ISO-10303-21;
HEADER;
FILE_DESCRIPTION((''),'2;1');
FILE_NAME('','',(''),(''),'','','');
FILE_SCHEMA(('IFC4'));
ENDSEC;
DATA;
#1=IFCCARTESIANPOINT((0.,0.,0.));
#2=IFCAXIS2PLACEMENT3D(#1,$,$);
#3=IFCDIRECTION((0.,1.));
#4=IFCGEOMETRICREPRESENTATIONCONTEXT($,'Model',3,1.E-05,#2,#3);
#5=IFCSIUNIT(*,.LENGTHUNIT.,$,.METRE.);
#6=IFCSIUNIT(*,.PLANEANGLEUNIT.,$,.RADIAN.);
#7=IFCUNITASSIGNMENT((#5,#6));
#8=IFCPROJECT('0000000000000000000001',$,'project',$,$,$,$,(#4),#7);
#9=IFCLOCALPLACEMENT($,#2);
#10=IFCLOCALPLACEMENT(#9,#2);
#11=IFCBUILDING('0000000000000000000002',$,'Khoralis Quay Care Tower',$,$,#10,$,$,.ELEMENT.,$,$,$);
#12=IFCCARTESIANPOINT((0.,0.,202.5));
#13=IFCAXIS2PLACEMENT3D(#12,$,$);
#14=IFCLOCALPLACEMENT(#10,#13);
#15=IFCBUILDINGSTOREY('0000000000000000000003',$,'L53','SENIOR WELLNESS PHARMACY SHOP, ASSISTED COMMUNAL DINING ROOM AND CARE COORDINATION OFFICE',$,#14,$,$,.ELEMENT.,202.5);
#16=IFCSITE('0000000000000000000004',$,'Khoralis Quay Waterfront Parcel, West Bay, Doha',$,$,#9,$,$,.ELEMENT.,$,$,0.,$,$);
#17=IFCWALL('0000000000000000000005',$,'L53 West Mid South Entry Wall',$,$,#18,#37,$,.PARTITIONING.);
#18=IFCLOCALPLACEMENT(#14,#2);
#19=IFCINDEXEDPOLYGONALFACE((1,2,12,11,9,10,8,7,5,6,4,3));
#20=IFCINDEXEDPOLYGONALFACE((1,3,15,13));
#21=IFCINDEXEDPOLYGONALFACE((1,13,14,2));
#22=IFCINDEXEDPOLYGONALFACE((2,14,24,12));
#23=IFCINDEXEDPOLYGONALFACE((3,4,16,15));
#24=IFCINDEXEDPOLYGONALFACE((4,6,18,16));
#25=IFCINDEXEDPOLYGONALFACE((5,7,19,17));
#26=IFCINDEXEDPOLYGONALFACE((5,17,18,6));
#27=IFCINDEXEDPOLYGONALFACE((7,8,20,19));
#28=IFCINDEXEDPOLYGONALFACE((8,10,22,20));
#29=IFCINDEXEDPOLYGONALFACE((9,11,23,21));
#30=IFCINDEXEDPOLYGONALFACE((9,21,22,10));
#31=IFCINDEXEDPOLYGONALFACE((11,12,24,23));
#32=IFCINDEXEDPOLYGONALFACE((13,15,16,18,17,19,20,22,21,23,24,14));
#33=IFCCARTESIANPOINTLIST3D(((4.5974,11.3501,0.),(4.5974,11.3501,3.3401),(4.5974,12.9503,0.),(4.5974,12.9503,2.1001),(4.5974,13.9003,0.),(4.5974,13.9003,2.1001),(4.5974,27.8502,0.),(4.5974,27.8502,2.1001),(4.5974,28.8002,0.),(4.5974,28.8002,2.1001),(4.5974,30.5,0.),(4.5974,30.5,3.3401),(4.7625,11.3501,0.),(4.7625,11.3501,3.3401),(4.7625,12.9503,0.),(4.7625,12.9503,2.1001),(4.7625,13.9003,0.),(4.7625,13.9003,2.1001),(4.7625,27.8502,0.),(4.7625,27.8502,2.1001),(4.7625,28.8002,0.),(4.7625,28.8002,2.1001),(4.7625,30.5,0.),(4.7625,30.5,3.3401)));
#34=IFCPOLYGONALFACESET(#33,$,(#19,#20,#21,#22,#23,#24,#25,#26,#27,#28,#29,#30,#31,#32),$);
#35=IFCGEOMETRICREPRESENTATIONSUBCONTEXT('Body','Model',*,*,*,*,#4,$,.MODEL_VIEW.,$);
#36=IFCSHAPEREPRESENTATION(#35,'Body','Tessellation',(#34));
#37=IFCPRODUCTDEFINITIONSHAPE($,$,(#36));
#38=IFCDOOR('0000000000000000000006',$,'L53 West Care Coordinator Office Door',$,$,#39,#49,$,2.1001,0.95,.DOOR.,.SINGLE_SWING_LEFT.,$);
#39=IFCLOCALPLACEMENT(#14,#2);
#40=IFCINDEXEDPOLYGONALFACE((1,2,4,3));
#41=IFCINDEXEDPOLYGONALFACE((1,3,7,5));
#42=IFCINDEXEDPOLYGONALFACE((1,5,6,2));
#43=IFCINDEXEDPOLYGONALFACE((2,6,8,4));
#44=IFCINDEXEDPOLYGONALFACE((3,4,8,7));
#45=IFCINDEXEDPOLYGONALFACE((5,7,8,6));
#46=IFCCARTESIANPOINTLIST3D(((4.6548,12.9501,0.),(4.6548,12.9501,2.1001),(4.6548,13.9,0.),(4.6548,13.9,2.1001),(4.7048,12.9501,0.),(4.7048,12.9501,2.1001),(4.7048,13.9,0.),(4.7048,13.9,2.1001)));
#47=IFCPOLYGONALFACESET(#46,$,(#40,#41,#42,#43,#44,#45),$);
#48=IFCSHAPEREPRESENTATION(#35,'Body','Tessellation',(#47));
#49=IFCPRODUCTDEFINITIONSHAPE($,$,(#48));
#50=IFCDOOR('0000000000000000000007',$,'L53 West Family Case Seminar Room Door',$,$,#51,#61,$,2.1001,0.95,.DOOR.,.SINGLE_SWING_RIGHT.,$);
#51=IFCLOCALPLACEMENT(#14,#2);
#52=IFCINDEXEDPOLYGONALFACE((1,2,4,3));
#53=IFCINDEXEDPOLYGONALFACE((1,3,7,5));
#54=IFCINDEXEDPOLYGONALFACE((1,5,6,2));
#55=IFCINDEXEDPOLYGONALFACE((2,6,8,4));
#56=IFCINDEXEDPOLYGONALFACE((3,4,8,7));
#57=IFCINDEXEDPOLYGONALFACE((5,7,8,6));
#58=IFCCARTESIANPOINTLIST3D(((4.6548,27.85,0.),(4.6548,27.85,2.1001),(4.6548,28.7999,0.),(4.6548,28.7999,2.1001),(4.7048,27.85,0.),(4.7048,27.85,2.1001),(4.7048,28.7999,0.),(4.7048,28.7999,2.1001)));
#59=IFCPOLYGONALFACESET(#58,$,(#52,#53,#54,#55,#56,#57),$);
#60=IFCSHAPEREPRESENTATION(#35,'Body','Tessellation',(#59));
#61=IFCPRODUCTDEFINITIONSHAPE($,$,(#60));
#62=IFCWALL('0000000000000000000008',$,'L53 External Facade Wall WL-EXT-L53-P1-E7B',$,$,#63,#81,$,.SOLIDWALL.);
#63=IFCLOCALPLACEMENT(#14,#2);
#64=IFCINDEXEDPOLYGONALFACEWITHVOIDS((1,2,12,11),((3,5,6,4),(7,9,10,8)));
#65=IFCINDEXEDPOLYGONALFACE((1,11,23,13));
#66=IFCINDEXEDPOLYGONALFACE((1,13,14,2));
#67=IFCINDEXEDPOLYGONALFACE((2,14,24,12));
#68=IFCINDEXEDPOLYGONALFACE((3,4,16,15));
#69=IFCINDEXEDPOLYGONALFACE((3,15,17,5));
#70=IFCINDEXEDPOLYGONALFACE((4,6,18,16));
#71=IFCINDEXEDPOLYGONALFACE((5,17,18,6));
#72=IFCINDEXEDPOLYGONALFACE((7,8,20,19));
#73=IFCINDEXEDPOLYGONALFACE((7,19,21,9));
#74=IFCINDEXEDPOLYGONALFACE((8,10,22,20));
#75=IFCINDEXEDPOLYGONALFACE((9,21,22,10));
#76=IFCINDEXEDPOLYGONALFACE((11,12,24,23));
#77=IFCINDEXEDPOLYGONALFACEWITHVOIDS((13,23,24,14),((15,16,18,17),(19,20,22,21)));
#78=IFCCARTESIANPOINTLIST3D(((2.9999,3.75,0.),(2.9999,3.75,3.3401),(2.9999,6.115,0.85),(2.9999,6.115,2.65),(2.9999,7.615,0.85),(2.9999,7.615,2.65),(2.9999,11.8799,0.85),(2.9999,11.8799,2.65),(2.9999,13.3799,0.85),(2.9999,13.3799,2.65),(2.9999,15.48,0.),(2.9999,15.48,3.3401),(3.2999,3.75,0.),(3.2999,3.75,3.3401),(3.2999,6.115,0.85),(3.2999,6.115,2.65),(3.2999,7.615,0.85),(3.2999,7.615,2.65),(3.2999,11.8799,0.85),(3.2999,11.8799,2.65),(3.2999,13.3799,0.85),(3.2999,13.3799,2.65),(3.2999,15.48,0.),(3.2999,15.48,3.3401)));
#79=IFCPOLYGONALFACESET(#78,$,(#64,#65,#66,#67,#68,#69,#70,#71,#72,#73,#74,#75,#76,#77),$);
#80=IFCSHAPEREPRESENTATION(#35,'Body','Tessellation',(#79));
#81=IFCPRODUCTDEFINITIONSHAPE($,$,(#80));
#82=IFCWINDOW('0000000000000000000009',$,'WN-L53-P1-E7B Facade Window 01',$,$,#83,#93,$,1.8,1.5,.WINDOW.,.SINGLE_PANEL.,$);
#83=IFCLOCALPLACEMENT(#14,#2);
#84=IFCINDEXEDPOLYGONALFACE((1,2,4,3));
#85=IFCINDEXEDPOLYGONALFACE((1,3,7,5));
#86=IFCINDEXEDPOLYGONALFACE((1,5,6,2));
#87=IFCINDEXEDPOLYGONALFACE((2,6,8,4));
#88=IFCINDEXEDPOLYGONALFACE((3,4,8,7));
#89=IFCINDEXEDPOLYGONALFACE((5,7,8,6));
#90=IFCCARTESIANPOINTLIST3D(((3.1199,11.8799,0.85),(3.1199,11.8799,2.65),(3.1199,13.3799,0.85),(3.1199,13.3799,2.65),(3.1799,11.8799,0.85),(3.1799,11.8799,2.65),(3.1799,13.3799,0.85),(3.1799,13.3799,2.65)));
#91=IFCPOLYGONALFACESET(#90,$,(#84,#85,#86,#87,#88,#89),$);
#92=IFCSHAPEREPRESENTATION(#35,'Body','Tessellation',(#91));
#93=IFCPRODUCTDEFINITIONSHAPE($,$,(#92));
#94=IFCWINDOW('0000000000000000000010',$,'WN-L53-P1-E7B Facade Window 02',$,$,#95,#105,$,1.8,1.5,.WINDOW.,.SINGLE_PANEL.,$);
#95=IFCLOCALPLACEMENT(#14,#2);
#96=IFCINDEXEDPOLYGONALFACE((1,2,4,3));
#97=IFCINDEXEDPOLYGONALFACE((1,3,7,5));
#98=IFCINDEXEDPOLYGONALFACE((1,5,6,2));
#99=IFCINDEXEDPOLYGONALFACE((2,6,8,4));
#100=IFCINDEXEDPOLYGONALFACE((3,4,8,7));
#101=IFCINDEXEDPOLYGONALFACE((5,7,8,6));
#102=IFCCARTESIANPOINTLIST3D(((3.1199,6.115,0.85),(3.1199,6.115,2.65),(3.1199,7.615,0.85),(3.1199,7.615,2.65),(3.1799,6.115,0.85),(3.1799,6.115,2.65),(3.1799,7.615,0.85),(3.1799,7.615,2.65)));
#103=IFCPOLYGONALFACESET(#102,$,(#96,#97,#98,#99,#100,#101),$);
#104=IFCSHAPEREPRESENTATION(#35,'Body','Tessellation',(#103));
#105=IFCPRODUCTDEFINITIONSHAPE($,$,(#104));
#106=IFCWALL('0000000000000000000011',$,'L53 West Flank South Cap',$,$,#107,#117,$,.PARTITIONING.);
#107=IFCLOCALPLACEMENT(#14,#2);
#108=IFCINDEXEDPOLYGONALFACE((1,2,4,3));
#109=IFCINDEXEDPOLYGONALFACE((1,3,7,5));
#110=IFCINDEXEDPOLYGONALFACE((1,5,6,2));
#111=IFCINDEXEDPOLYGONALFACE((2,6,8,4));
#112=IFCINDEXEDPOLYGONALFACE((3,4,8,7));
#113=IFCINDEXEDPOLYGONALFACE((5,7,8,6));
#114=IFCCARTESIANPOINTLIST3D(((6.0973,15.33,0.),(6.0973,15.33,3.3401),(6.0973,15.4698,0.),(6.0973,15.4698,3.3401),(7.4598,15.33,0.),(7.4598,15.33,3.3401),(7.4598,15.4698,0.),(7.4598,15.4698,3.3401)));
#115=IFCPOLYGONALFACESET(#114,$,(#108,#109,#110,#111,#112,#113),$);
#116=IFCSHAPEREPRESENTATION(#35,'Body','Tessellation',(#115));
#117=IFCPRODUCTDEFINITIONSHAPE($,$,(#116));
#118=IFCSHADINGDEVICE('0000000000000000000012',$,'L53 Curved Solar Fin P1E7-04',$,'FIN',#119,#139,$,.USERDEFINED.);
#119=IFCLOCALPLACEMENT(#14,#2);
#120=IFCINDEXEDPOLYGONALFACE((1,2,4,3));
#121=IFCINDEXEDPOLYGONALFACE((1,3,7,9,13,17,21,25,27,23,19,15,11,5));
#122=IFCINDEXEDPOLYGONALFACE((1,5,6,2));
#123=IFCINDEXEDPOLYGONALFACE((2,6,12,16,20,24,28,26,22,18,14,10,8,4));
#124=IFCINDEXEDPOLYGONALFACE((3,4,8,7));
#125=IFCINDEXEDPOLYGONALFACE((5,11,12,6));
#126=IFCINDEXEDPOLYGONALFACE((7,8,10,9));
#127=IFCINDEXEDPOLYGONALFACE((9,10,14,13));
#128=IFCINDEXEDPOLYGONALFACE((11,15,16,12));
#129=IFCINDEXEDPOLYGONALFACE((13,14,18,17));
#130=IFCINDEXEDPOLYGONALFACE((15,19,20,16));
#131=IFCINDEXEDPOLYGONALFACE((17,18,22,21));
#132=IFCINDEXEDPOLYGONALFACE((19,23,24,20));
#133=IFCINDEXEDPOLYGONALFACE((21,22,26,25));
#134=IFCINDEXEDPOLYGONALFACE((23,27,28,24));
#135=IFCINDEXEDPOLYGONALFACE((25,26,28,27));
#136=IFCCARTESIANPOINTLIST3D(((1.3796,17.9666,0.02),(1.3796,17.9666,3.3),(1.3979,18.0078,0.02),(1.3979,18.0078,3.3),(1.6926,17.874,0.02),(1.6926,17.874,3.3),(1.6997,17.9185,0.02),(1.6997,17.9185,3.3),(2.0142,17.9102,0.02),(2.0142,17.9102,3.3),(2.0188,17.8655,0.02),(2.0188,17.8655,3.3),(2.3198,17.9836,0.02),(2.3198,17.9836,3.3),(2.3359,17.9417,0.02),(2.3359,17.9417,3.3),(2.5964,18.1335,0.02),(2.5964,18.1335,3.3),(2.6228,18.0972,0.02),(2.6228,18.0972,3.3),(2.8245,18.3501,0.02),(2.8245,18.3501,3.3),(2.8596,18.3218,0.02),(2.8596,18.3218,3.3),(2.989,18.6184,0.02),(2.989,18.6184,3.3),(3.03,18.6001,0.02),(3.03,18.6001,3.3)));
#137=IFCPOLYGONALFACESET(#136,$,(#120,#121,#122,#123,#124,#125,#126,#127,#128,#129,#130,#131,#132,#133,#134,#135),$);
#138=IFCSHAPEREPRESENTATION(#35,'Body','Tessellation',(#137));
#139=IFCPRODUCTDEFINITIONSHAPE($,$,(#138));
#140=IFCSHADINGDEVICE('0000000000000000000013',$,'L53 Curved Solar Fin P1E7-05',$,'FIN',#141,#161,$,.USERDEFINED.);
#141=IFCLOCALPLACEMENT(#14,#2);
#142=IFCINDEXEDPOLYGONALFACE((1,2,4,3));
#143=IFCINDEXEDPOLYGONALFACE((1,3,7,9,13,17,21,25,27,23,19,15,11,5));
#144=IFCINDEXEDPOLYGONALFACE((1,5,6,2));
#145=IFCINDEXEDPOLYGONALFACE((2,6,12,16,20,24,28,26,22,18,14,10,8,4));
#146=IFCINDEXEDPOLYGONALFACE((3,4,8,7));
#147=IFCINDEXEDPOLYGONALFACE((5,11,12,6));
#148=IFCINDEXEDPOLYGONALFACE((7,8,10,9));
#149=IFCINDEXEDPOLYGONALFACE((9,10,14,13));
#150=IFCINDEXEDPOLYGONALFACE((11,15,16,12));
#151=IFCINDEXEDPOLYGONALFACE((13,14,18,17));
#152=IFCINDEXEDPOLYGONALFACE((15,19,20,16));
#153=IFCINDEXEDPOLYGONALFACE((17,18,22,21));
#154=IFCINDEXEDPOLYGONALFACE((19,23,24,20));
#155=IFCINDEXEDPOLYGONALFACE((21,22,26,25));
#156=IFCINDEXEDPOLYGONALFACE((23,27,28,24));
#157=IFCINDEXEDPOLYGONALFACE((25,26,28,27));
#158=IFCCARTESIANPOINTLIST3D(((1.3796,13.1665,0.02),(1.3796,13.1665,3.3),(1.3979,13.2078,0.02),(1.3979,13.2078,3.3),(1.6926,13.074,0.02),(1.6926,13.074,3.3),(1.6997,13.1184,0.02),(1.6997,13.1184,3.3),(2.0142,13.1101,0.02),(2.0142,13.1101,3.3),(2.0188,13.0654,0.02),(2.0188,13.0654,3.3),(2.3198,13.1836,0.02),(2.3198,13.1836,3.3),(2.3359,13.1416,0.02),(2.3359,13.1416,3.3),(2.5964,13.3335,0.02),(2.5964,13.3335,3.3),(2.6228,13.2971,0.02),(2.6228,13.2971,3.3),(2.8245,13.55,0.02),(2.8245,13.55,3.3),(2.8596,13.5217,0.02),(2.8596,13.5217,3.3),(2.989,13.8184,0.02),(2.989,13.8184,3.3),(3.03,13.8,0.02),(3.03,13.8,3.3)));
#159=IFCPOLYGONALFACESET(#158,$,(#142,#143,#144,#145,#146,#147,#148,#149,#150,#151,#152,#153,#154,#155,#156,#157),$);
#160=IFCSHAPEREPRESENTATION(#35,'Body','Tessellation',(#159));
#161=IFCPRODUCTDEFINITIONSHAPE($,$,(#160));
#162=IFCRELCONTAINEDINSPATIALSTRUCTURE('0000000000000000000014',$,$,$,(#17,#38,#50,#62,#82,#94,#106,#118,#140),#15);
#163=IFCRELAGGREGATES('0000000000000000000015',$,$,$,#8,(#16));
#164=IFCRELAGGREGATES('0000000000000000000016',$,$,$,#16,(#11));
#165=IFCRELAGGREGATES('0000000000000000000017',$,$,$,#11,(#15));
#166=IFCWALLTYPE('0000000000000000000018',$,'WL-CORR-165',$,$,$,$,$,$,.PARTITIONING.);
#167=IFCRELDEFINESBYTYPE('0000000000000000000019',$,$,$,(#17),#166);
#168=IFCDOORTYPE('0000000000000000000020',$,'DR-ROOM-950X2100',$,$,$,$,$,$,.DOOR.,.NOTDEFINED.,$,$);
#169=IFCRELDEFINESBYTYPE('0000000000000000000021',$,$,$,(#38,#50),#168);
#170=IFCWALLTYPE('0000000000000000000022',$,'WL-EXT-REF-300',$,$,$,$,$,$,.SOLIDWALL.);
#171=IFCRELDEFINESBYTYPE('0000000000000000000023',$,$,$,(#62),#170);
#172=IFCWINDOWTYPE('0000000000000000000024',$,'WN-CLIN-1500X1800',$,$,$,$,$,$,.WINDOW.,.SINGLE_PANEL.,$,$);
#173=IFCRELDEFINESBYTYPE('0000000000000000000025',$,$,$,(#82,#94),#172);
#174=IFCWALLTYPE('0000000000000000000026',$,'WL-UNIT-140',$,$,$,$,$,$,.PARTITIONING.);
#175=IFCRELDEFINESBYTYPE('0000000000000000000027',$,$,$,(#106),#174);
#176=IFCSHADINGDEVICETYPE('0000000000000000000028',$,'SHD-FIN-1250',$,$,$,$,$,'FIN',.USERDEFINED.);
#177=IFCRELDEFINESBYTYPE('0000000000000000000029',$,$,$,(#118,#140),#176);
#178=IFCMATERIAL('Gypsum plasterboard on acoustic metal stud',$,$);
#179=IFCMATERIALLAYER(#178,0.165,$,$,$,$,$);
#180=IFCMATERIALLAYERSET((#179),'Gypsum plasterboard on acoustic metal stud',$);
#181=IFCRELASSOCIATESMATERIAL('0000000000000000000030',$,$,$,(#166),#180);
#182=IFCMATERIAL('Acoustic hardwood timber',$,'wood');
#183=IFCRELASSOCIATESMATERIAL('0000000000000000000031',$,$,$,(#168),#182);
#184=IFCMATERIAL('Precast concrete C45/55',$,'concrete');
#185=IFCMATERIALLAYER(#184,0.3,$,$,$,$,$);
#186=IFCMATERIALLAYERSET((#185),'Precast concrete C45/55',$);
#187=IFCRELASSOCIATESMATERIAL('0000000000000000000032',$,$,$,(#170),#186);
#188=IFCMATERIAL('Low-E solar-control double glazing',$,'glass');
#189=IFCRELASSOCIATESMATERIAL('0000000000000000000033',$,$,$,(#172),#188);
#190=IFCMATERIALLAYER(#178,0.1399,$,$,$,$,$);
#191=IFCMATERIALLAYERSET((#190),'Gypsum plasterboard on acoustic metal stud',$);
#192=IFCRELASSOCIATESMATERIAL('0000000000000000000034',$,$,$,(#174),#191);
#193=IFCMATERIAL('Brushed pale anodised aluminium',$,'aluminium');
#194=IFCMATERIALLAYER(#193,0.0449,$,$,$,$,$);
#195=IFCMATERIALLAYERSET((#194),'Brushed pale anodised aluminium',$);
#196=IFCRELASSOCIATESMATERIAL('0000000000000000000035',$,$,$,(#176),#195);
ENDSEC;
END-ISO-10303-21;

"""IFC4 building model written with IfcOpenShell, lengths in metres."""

from ifc_helpers import new_model, si_unit, direction, frame, frame_2d, origin, place, context, subcontext, project, spatial, polyline, rectangle, outline, extrude, source, transform, mapped, material, layer, layer_set, type_object, element, fill, save


model = new_model("IFC4")

# Units and contexts
model_context = context("Model", 3, precision=1e-05, world=origin(), true_north=direction((0.0, 1.0)))
body_context = subcontext(model_context, "Body", "Model", "MODEL_VIEW")
ifc_project = project(units=[si_unit("LENGTHUNIT", "METRE"), si_unit("PLANEANGLEUNIT", "RADIAN")], contexts=[model_context])

# Site, building, storey
site_placement = place(None, origin())
site = spatial("IfcSite", under=ifc_project, at=site_placement, Name="Khoralis Quay Waterfront Parcel, West Bay, Doha", CompositionType="ELEMENT", RefElevation=0.0)
building_placement = place(site_placement, origin())
building = spatial("IfcBuilding", under=site, at=building_placement, Name="Khoralis Quay Care Tower", CompositionType="ELEMENT")
storey_placement = place(building_placement, frame((0.0, 0.0, 202.5)))
storey = spatial("IfcBuildingStorey", under=building, at=storey_placement, Name="L53", Description="SENIOR WELLNESS PHARMACY SHOP, ASSISTED COMMUNAL DINING ROOM AND CARE COORDINATION OFFICE", CompositionType="ELEMENT", Elevation=202.5)

# Shared definitions
ifc_material_1 = material(Name="Low-E solar-control double glazing", Category="glass")

# Wall, openings, doors
ifc_material_2 = material(Name="Gypsum plasterboard on acoustic metal stud")
ifc_layer_1 = layer(ifc_material_2, 0.165)
ifc_layer_set_1 = layer_set([ifc_layer_1], Name="Gypsum plasterboard on acoustic metal stud")
wall_type_1 = type_object("IfcWallType", Name="WL-CORR-165", PredefinedType="PARTITIONING", material=ifc_layer_set_1)
ifc_material_3 = material(Name="Acoustic hardwood timber", Category="wood")
door_type_1 = type_object("IfcDoorType", Name="DR-ROOM-950X2100", OperationType="NOTDEFINED", PredefinedType="DOOR", material=ifc_material_3)
shared_shape_1 = source(origin(), body_context, "Body", "SweptSolid", [
    extrude(rectangle(XDim=0.95, YDim=2.1001, at=frame_2d((0.4751, 1.05))), frame((0.0, 0.0249, 0.0), z_axis=(0.0, -1.0, 0.0), x_axis=(1.0, 0.0, 0.0)), (0.0, 0.0, 1.0), 0.05),
])
wall_1_placement = place(storey_placement, frame((4.6799, 11.3501, 0.0), z_axis=(0.0, 0.0, 1.0), x_axis=(0.0, 1.0, 0.0)))
wall_1 = element("IfcWall", 1, at=wall_1_placement, inside=storey, type_object=wall_type_1, Name="L53 West Mid South Entry Wall", PredefinedType="PARTITIONING", context=body_context, shape_type="SweptSolid", body=[
    extrude(rectangle(XDim=19.1499, YDim=0.165, at=frame_2d((9.575, 0.0))), origin(), (0.0, 0.0, 1.0), 3.3401),
])
opening_1_placement = place(wall_1_placement, frame((1.6001, 0.0, 0.0)))
opening_1 = element("IfcOpeningElement", 2, at=opening_1_placement, cuts=wall_1, PredefinedType="OPENING", context=body_context, shape_type="SweptSolid", body=[
    extrude(rectangle(XDim=0.95, YDim=2.1001, at=frame_2d((0.4751, 1.05))), frame((0.0, 0.0925, 0.0), z_axis=(0.0, -1.0, 0.0), x_axis=(1.0, 0.0, 0.0)), (0.0, 0.0, 1.0), 0.1851),
])
opening_2_placement = place(wall_1_placement, frame((16.5, 0.0, 0.0)))
opening_2 = element("IfcOpeningElement", 3, at=opening_2_placement, cuts=wall_1, PredefinedType="OPENING", context=body_context, shape_type="SweptSolid", body=[
    extrude(rectangle(XDim=0.95, YDim=2.1001, at=frame_2d((0.4751, 1.05))), frame((0.0, 0.0925, 0.0), z_axis=(0.0, -1.0, 0.0), x_axis=(1.0, 0.0, 0.0)), (0.0, 0.0, 1.0), 0.1851),
])
door_1_placement = place(opening_1_placement, frame((0.95, 0.0, 0.0), z_axis=(0.0, 0.0, 1.0), x_axis=(-1.0, 0.0, 0.0)))
door_1 = element("IfcDoor", 4, at=door_1_placement, inside=storey, type_object=door_type_1, Name="L53 West Care Coordinator Office Door", OperationType="SINGLE_SWING_LEFT", OverallHeight=2.1001, OverallWidth=0.95, PredefinedType="DOOR", context=body_context, shape_type="MappedRepresentation", body=[
    mapped(shared_shape_1, transform((0.0, 0.0, 0.0), scale=1.0)),
])
fill(opening_1, door_1)
door_2_placement = place(opening_2_placement, frame((0.95, 0.0, 0.0), z_axis=(0.0, 0.0, 1.0), x_axis=(-1.0, 0.0, 0.0)))
door_2 = element("IfcDoor", 5, at=door_2_placement, inside=storey, type_object=door_type_1, Name="L53 West Family Case Seminar Room Door", OperationType="SINGLE_SWING_RIGHT", OverallHeight=2.1001, OverallWidth=0.95, PredefinedType="DOOR", context=body_context, shape_type="MappedRepresentation", body=[
    mapped(shared_shape_1, transform((0.0, 0.0, 0.0), scale=1.0)),
])
fill(opening_2, door_2)

# Wall, openings, windows
ifc_material_4 = material(Name="Precast concrete C45/55", Category="concrete")
ifc_layer_2 = layer(ifc_material_4, 0.3)
ifc_layer_set_2 = layer_set([ifc_layer_2], Name="Precast concrete C45/55")
wall_type_2 = type_object("IfcWallType", Name="WL-EXT-REF-300", PredefinedType="SOLIDWALL", material=ifc_layer_set_2)
wall_2_placement = place(storey_placement, frame((3.1499, 15.48, 0.0), z_axis=(0.0, 0.0, 1.0), x_axis=(0.0, -1.0, 0.0)))
wall_2 = element("IfcWall", 6, at=wall_2_placement, inside=storey, type_object=wall_type_2, Name="L53 External Facade Wall WL-EXT-L53-P1-E7B", PredefinedType="SOLIDWALL", context=body_context, shape_type="SweptSolid", body=[
    extrude(rectangle(XDim=11.73, YDim=0.3, at=frame_2d((5.865, 0.0))), origin(), (0.0, 0.0, 1.0), 3.3401),
])
opening_3_placement = place(wall_2_placement, frame((2.1001, 0.0, 0.8501)))
opening_3 = element("IfcOpeningElement", 7, at=opening_3_placement, cuts=wall_2, PredefinedType="OPENING", context=body_context, shape_type="SweptSolid", body=[
    extrude(rectangle(XDim=1.5, YDim=1.8, at=frame_2d((0.75, 0.8999))), frame((0.0, 0.1602, 0.0), z_axis=(0.0, -1.0, 0.0), x_axis=(1.0, 0.0, 0.0)), (0.0, 0.0, 1.0), 0.3201),
])
opening_4_placement = place(wall_2_placement, frame((7.865, 0.0, 0.8501)))
opening_4 = element("IfcOpeningElement", 8, at=opening_4_placement, cuts=wall_2, PredefinedType="OPENING", context=body_context, shape_type="SweptSolid", body=[
    extrude(rectangle(XDim=1.5, YDim=1.8, at=frame_2d((0.75, 0.8999))), frame((0.0, 0.1602, 0.0), z_axis=(0.0, -1.0, 0.0), x_axis=(1.0, 0.0, 0.0)), (0.0, 0.0, 1.0), 0.3201),
])
window_type = type_object("IfcWindowType", Name="WN-CLIN-1500X1800", PartitioningType="SINGLE_PANEL", PredefinedType="WINDOW", material=ifc_material_1)
shared_shape_2 = source(origin(), body_context, "Body", "SweptSolid", [
    extrude(rectangle(XDim=1.5, YDim=1.8, at=frame_2d((0.75, 0.8999))), frame((0.0, 0.03, 0.0), z_axis=(0.0, -1.0, 0.0), x_axis=(1.0, 0.0, 0.0)), (0.0, 0.0, 1.0), 0.0601),
])
window_1_placement = place(opening_3_placement, origin())
window_1 = element("IfcWindow", 9, at=window_1_placement, inside=storey, type_object=window_type, Name="WN-L53-P1-E7B Facade Window 01", OverallHeight=1.8, OverallWidth=1.5, PartitioningType="SINGLE_PANEL", PredefinedType="WINDOW", context=body_context, shape_type="MappedRepresentation", body=[
    mapped(shared_shape_2, transform((0.0, 0.0, 0.0), scale=1.0)),
])
fill(opening_3, window_1)
window_2_placement = place(opening_4_placement, origin())
window_2 = element("IfcWindow", 10, at=window_2_placement, inside=storey, type_object=window_type, Name="WN-L53-P1-E7B Facade Window 02", OverallHeight=1.8, OverallWidth=1.5, PartitioningType="SINGLE_PANEL", PredefinedType="WINDOW", context=body_context, shape_type="MappedRepresentation", body=[
    mapped(shared_shape_2, transform((0.0, 0.0, 0.0), scale=1.0)),
])
fill(opening_4, window_2)

# Wall
ifc_layer_3 = layer(ifc_material_2, 0.1399)
ifc_layer_set_3 = layer_set([ifc_layer_3], Name="Gypsum plasterboard on acoustic metal stud")
wall_type_3 = type_object("IfcWallType", Name="WL-UNIT-140", PredefinedType="PARTITIONING", material=ifc_layer_set_3)
wall_3_placement = place(storey_placement, frame((6.0974, 15.3999, 0.0), z_axis=(0.0, 0.0, 1.0), x_axis=(1.0, 0.0, 0.0)))
element("IfcWall", 11, at=wall_3_placement, inside=storey, type_object=wall_type_3, Name="L53 West Flank South Cap", PredefinedType="PARTITIONING", context=body_context, shape_type="SweptSolid", body=[
    extrude(rectangle(XDim=1.3625, YDim=0.1399, at=frame_2d((0.6812, 0.0))), origin(), (0.0, 0.0, 1.0), 3.3401),
])

# Shading devices
ifc_material_5 = material(Name="Brushed pale anodised aluminium", Category="aluminium")
ifc_layer_4 = layer(ifc_material_5, 0.0449)
ifc_layer_set_4 = layer_set([ifc_layer_4], Name="Brushed pale anodised aluminium")
shading_device_type = type_object("IfcShadingDeviceType", Name="SHD-FIN-1250", ElementType="FIN", PredefinedType="USERDEFINED", material=ifc_layer_set_4)
shared_shape_3 = source(origin(), body_context, "Body", "SweptSolid", [
    extrude(outline(polyline([(0.0, 0.0), (0.1704, 0.2783), (0.4072, 0.5029), (0.6941, 0.6584), (1.0112, 0.7346), (1.3374, 0.7261), (1.6504, 0.6335), (1.6321, 0.5923), (1.3303, 0.6816), (1.0159, 0.6899), (0.7102, 0.6165), (0.4336, 0.4666), (0.2056, 0.25), (0.041, -0.0183), (0.0, 0.0)])), origin(), (0.0, 0.0, 1.0), 3.28),
])
for number, where, z_axis, x_axis, name in (
    (12, (3.03, 18.6001, 0.02), (0.0, 0.0, 1.0), (-1.0, 0.0, 0.0), "L53 Curved Solar Fin P1E7-04"),
    (13, (3.03, 13.8, 0.02), (0.0, 0.0, 1.0), (-1.0, 0.0, 0.0), "L53 Curved Solar Fin P1E7-05"),
):
    element("IfcShadingDevice", number, at=place(storey_placement, frame(where, z_axis=z_axis, x_axis=x_axis)), inside=storey, type_object=shading_device_type, Name=name, ObjectType="FIN", PredefinedType="USERDEFINED", context=body_context, shape_type="MappedRepresentation", body=[
        mapped(shared_shape_3, transform((0.0, 0.0, 0.0), scale=1.0)),
    ])

save(model, "model.ifc")
